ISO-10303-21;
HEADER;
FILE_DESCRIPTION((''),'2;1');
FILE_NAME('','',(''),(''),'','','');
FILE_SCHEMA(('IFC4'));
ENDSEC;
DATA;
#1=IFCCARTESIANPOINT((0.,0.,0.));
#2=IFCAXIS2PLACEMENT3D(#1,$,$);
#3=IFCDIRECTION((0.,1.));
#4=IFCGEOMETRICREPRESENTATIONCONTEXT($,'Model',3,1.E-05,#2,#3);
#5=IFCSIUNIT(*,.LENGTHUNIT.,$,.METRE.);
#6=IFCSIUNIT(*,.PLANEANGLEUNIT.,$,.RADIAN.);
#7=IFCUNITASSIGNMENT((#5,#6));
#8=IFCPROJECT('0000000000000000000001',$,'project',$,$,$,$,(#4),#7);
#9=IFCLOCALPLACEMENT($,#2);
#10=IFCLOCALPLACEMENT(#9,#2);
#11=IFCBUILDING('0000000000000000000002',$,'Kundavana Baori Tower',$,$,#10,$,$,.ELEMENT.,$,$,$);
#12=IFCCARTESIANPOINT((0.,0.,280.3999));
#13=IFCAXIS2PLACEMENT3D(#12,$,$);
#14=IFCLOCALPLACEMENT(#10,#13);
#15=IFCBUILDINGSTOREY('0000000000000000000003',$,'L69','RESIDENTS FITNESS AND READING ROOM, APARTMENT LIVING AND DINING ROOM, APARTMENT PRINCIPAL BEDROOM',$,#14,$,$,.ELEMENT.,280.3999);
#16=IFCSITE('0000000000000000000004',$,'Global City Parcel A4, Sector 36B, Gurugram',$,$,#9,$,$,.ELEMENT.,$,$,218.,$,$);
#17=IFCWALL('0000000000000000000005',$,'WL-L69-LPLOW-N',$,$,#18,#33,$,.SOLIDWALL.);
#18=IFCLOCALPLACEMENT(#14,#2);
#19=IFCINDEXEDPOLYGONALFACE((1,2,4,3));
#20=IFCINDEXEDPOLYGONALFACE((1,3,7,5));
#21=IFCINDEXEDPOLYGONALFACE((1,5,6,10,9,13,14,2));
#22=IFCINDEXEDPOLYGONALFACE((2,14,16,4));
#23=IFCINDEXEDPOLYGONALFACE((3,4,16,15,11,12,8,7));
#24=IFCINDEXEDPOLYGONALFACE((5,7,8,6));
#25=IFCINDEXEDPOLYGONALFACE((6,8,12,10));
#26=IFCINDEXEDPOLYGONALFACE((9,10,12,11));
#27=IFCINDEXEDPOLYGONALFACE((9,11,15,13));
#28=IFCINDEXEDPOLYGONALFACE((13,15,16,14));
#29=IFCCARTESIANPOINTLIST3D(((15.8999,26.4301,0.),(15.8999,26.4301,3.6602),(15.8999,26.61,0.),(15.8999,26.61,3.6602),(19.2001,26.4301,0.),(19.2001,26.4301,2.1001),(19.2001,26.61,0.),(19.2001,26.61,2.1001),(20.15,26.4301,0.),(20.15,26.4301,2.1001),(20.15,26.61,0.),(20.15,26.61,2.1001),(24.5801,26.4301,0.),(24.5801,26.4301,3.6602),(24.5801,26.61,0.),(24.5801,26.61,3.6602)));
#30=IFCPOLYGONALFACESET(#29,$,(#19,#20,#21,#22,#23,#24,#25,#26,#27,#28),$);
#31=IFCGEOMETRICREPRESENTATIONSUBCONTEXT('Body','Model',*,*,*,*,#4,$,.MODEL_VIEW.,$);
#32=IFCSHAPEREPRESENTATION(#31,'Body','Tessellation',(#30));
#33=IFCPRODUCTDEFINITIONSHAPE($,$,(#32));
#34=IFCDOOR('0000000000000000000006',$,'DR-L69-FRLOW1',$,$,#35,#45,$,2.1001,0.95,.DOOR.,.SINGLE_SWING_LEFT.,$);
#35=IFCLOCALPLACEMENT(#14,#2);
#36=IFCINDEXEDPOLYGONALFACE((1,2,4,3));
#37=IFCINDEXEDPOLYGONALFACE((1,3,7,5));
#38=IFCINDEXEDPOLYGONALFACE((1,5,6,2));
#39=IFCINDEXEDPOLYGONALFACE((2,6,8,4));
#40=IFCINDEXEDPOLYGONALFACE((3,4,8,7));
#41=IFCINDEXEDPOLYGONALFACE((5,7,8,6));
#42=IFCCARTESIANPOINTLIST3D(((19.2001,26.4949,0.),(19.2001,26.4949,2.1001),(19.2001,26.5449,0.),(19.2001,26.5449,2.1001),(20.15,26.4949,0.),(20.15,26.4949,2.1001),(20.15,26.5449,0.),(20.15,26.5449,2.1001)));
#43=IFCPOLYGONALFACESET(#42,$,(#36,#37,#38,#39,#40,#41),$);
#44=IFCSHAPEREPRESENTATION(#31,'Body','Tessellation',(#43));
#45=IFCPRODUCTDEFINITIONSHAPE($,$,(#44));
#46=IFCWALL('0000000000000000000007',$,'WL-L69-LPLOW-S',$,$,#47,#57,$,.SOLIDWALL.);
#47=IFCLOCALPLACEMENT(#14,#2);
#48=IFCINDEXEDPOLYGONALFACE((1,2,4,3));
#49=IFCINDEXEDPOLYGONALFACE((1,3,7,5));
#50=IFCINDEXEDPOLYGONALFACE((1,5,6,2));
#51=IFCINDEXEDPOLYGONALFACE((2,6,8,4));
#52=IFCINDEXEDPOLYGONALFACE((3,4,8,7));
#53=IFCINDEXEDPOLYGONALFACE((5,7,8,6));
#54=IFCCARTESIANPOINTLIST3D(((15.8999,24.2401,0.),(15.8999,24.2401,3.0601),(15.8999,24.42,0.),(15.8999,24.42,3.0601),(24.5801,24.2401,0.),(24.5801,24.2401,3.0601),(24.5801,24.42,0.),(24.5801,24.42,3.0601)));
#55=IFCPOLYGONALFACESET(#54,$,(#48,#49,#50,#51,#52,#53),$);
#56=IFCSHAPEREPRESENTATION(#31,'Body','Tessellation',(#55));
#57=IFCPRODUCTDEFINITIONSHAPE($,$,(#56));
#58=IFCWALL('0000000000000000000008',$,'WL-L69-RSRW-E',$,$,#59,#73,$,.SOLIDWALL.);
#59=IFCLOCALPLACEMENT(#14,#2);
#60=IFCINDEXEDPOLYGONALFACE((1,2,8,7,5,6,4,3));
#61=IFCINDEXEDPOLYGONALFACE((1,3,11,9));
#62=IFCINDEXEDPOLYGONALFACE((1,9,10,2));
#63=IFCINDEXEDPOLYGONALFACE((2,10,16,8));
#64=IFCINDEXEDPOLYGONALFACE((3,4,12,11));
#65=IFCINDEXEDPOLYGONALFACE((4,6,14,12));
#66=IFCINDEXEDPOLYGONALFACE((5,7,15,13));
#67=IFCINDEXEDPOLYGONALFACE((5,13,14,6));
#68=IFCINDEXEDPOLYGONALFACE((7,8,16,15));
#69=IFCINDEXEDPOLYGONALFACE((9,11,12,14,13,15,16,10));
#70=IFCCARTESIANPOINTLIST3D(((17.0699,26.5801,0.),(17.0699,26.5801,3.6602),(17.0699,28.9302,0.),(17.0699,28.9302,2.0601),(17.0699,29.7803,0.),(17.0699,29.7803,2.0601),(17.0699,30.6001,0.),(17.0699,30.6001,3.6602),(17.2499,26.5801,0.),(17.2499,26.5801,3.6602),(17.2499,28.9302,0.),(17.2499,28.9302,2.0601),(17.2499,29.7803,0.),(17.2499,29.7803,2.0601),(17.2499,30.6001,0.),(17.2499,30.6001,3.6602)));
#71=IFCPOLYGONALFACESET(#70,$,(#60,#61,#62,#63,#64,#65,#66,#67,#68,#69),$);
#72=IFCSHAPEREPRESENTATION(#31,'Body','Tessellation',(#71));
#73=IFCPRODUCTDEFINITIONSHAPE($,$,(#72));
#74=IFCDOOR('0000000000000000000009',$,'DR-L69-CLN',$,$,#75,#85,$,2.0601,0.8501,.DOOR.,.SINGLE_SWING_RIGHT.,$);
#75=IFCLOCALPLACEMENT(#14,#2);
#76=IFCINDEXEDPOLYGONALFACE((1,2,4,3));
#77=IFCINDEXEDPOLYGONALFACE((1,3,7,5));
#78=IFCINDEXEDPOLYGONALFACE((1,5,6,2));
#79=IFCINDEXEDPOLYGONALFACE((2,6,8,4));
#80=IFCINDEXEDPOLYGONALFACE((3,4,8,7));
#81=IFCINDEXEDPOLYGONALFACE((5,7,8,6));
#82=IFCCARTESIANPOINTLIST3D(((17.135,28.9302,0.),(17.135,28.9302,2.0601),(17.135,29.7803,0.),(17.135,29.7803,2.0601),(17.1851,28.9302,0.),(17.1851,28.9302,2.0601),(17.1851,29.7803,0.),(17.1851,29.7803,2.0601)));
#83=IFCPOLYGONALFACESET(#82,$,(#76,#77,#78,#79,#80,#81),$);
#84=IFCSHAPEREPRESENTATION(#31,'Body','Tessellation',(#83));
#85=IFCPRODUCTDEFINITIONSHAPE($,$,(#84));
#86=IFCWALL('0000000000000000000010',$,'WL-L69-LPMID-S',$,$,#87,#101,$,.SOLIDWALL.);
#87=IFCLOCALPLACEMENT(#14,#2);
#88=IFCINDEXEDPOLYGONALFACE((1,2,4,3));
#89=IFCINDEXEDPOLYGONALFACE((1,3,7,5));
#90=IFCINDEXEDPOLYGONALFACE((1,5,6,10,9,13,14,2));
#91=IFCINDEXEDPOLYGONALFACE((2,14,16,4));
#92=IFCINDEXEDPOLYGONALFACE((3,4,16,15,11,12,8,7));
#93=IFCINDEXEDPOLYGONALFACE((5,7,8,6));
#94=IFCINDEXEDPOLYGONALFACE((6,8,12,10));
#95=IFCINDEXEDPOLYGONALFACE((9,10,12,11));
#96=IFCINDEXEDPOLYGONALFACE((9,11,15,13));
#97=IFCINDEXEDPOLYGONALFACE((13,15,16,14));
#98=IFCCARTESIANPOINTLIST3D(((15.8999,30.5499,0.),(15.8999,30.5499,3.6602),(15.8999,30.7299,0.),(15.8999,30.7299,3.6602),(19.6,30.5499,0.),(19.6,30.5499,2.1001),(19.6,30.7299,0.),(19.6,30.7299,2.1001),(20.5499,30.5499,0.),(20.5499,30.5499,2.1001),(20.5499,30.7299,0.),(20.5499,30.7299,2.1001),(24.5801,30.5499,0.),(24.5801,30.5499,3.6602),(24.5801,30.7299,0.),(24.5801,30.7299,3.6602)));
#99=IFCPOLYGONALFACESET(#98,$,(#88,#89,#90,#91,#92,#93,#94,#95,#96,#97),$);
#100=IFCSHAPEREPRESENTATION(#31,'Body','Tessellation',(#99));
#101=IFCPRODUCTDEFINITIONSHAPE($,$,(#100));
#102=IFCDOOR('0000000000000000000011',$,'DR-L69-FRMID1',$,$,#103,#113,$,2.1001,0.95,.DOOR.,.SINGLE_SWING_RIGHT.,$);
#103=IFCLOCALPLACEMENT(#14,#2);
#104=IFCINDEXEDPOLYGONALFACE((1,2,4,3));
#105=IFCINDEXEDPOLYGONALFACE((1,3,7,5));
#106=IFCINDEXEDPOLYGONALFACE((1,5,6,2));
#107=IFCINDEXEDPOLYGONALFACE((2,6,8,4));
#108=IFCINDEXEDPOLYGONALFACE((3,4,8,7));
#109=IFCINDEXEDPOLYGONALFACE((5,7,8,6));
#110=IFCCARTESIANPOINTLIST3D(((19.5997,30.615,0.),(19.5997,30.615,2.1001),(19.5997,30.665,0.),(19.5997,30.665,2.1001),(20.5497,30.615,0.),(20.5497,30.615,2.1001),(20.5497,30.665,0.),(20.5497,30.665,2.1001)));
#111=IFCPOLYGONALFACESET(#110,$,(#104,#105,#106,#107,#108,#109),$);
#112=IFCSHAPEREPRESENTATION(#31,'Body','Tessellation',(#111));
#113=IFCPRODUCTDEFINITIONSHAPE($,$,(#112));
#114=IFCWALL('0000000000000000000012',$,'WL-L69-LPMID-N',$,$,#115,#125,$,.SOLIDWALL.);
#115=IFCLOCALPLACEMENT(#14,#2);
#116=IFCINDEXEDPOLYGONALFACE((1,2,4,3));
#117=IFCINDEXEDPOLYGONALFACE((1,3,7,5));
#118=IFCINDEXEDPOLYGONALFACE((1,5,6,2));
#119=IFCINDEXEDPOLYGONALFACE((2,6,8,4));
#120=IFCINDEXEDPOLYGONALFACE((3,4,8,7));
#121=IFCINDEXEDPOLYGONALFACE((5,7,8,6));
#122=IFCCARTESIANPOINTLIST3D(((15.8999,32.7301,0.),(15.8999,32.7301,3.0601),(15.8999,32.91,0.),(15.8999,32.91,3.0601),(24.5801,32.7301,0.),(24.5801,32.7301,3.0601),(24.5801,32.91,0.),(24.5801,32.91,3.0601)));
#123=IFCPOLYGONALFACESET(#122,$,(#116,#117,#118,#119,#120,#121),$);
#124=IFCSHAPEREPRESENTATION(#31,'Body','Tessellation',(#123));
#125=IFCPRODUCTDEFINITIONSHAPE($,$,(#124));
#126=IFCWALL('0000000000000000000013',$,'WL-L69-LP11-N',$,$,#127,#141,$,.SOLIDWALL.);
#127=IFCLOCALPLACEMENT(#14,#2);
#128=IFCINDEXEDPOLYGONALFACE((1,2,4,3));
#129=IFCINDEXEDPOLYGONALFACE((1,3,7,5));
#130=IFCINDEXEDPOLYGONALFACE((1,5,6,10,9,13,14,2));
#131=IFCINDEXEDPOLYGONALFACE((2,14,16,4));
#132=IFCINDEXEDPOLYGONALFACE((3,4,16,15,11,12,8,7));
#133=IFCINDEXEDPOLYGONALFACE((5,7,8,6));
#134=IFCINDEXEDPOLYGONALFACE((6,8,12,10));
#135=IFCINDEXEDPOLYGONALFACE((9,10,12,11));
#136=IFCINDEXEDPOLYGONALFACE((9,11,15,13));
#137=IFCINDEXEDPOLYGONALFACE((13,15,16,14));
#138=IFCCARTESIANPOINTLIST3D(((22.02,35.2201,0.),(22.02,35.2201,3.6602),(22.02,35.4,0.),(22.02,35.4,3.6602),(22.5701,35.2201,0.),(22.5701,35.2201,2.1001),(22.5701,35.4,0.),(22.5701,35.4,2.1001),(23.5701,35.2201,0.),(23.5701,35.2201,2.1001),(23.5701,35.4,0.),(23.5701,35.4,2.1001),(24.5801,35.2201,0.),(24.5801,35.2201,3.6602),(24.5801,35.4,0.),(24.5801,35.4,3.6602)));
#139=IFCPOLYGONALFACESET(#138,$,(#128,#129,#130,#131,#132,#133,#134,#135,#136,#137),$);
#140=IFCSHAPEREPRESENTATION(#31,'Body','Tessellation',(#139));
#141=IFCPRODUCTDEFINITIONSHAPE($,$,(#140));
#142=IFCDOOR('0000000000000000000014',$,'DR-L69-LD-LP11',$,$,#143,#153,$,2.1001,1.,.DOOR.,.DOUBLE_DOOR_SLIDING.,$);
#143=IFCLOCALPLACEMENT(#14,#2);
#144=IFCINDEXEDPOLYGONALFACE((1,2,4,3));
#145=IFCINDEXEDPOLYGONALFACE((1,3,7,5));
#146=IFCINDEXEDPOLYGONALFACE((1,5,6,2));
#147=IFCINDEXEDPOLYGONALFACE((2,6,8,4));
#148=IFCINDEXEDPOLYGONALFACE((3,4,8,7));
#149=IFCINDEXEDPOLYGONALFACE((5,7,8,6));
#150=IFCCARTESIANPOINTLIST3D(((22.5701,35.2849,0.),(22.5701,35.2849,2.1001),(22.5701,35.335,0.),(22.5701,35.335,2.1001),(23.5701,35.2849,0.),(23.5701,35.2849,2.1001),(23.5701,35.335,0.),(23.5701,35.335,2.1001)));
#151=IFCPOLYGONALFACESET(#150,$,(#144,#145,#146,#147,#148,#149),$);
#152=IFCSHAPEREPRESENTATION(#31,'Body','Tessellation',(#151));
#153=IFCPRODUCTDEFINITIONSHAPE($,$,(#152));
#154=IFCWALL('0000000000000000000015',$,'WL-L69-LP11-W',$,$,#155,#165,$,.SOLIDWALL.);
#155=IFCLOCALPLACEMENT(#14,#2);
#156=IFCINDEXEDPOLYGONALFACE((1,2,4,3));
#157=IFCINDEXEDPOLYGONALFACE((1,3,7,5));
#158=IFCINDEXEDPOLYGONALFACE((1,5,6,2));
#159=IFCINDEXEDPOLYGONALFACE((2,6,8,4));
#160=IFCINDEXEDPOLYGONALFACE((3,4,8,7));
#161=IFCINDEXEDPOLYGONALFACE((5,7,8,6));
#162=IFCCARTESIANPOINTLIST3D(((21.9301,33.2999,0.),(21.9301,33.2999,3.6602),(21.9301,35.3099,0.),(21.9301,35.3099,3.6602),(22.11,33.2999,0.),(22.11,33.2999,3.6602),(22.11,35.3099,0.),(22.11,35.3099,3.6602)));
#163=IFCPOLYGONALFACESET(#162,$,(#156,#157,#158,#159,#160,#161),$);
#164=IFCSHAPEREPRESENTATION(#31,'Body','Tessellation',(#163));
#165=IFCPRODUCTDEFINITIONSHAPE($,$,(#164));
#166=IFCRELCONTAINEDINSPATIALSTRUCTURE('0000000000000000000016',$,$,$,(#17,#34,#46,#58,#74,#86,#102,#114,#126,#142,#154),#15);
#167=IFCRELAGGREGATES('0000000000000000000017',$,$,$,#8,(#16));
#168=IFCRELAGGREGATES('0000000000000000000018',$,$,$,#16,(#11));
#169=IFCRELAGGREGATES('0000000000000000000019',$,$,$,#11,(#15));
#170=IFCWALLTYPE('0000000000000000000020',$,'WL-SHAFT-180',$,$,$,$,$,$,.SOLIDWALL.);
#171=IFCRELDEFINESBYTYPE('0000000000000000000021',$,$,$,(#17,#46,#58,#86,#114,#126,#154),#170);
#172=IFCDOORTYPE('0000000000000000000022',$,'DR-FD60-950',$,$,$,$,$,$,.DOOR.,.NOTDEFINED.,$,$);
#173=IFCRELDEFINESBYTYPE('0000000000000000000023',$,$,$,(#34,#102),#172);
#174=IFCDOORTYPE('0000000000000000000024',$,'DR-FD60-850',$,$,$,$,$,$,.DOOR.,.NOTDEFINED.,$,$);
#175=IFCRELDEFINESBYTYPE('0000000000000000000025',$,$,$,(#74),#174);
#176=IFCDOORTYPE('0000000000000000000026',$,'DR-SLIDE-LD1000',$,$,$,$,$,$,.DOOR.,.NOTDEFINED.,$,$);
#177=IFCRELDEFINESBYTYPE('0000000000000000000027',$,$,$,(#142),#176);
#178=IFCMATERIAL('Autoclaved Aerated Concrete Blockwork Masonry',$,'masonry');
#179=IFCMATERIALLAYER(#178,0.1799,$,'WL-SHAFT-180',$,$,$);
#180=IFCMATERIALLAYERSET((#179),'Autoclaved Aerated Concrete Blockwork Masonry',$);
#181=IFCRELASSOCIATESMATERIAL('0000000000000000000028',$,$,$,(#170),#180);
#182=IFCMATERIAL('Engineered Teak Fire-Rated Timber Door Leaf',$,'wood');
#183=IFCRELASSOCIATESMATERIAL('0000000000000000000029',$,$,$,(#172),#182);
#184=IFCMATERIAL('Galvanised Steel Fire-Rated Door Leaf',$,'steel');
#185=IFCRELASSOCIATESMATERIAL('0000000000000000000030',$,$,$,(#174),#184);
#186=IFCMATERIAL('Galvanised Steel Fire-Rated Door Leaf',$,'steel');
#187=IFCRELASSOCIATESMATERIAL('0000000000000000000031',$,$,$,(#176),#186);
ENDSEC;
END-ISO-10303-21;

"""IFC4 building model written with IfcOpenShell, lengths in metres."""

from ifc_helpers import new_model, si_unit, direction, frame, frame_2d, origin, place, context, subcontext, project, spatial, rectangle, extrude, material, layer, layer_set, type_object, element, fill, save


model = new_model("IFC4")

# Units and contexts
model_context = context("Model", 3, precision=1e-05, world=origin(), true_north=direction((0.0, 1.0)))
body_context = subcontext(model_context, "Body", "Model", "MODEL_VIEW")
ifc_project = project(units=[si_unit("LENGTHUNIT", "METRE"), si_unit("PLANEANGLEUNIT", "RADIAN")], contexts=[model_context])

# Site, building, storey
site_placement = place(None, origin())
site = spatial("IfcSite", under=ifc_project, at=site_placement, Name="Global City Parcel A4, Sector 36B, Gurugram", CompositionType="ELEMENT", RefElevation=218.0)
building_placement = place(site_placement, origin())
building = spatial("IfcBuilding", under=site, at=building_placement, Name="Kundavana Baori Tower", CompositionType="ELEMENT")
storey_placement = place(building_placement, frame((0.0, 0.0, 280.3999)))
storey = spatial("IfcBuildingStorey", under=building, at=storey_placement, Name="L69", Description="RESIDENTS FITNESS AND READING ROOM, APARTMENT LIVING AND DINING ROOM, APARTMENT PRINCIPAL BEDROOM", CompositionType="ELEMENT", Elevation=280.3999)

# Wall, opening, door
ifc_material_1 = material(Name="Autoclaved Aerated Concrete Blockwork Masonry", Category="masonry")
ifc_layer_1 = layer(ifc_material_1, 0.1799, Name="WL-SHAFT-180")
ifc_layer_set_1 = layer_set([ifc_layer_1], Name="Autoclaved Aerated Concrete Blockwork Masonry")
wall_type_1 = type_object("IfcWallType", Name="WL-SHAFT-180", PredefinedType="SOLIDWALL", material=ifc_layer_set_1)
wall_1_placement = place(storey_placement, frame((15.8999, 26.52, 0.0), z_axis=(0.0, 0.0, 1.0), x_axis=(1.0, 0.0, 0.0)))
wall_1 = element("IfcWall", 1, at=wall_1_placement, inside=storey, type_object=wall_type_1, Name="WL-L69-LPLOW-N", PredefinedType="SOLIDWALL", context=body_context, shape_type="SweptSolid", body=[
    extrude(rectangle(XDim=8.6802, YDim=0.1799, at=frame_2d((4.3401, 0.0))), origin(), (0.0, 0.0, 1.0), 3.6602),
])
opening_1_placement = place(wall_1_placement, frame((3.3, 0.0, 0.0)))
opening_1 = element("IfcOpeningElement", 2, at=opening_1_placement, cuts=wall_1, PredefinedType="OPENING", context=body_context, shape_type="SweptSolid", body=[
    extrude(rectangle(XDim=0.95, YDim=2.1001, at=frame_2d((0.4751, 1.05))), frame((0.0, 0.1001, 0.0), z_axis=(0.0, -1.0, 0.0), x_axis=(1.0, 0.0, 0.0)), (0.0, 0.0, 1.0), 0.2),
])
ifc_material_2 = material(Name="Engineered Teak Fire-Rated Timber Door Leaf", Category="wood")
door_type_1 = type_object("IfcDoorType", Name="DR-FD60-950", OperationType="NOTDEFINED", PredefinedType="DOOR", material=ifc_material_2)
door_1_placement = place(opening_1_placement, origin())
door_1 = element("IfcDoor", 3, at=door_1_placement, inside=storey, type_object=door_type_1, Name="DR-L69-FRLOW1", OperationType="SINGLE_SWING_LEFT", OverallHeight=2.1001, OverallWidth=0.95, PredefinedType="DOOR", context=body_context, shape_type="SweptSolid", body=[
    extrude(rectangle(XDim=0.95, YDim=2.1001, at=frame_2d((0.4751, 1.05))), frame((0.0, 0.0249, 0.0), z_axis=(0.0, -1.0, 0.0), x_axis=(1.0, 0.0, 0.0)), (0.0, 0.0, 1.0), 0.05),
])
fill(opening_1, door_1)

# Wall
wall_2_placement = place(storey_placement, frame((15.8999, 24.3301, 0.0), z_axis=(0.0, 0.0, 1.0), x_axis=(1.0, 0.0, 0.0)))
element("IfcWall", 4, at=wall_2_placement, inside=storey, type_object=wall_type_1, Name="WL-L69-LPLOW-S", PredefinedType="SOLIDWALL", context=body_context, shape_type="SweptSolid", body=[
    extrude(rectangle(XDim=8.6802, YDim=0.1799, at=frame_2d((4.3401, 0.0))), origin(), (0.0, 0.0, 1.0), 3.0601),
])

# Walls, openings, doors
wall_3_placement = place(storey_placement, frame((17.1599, 26.5801, 0.0), z_axis=(0.0, 0.0, 1.0), x_axis=(0.0, 1.0, 0.0)))
wall_3 = element("IfcWall", 5, at=wall_3_placement, inside=storey, type_object=wall_type_1, Name="WL-L69-RSRW-E", PredefinedType="SOLIDWALL", context=body_context, shape_type="SweptSolid", body=[
    extrude(rectangle(XDim=4.02, YDim=0.1799, at=frame_2d((2.01, 0.0))), origin(), (0.0, 0.0, 1.0), 3.6602),
])
opening_2_placement = place(wall_3_placement, frame((2.3501, 0.0, 0.0)))
opening_2 = element("IfcOpeningElement", 6, at=opening_2_placement, cuts=wall_3, PredefinedType="OPENING", context=body_context, shape_type="SweptSolid", body=[
    extrude(rectangle(XDim=0.8501, YDim=2.0601, at=frame_2d((0.425, 1.03))), frame((0.0, 0.1001, 0.0), z_axis=(0.0, -1.0, 0.0), x_axis=(1.0, 0.0, 0.0)), (0.0, 0.0, 1.0), 0.2),
])
ifc_material_3 = material(Name="Galvanised Steel Fire-Rated Door Leaf", Category="steel")
door_type_2 = type_object("IfcDoorType", Name="DR-FD60-850", OperationType="NOTDEFINED", PredefinedType="DOOR", material=ifc_material_3)
door_2_placement = place(opening_2_placement, origin())
door_2 = element("IfcDoor", 7, at=door_2_placement, inside=storey, type_object=door_type_2, Name="DR-L69-CLN", OperationType="SINGLE_SWING_RIGHT", OverallHeight=2.0601, OverallWidth=0.8501, PredefinedType="DOOR", context=body_context, shape_type="SweptSolid", body=[
    extrude(rectangle(XDim=0.8501, YDim=2.0601, at=frame_2d((0.425, 1.03))), frame((0.0, 0.0249, 0.0), z_axis=(0.0, -1.0, 0.0), x_axis=(1.0, 0.0, 0.0)), (0.0, 0.0, 1.0), 0.05),
])
fill(opening_2, door_2)
wall_4_placement = place(storey_placement, frame((15.8999, 30.6399, 0.0), z_axis=(0.0, 0.0, 1.0), x_axis=(1.0, 0.0, 0.0)))
wall_4 = element("IfcWall", 8, at=wall_4_placement, inside=storey, type_object=wall_type_1, Name="WL-L69-LPMID-S", PredefinedType="SOLIDWALL", context=body_context, shape_type="SweptSolid", body=[
    extrude(rectangle(XDim=8.6802, YDim=0.1799, at=frame_2d((4.3401, 0.0))), origin(), (0.0, 0.0, 1.0), 3.6602),
])
opening_3_placement = place(wall_4_placement, frame((3.7, 0.0, 0.0)))
opening_3 = element("IfcOpeningElement", 9, at=opening_3_placement, cuts=wall_4, PredefinedType="OPENING", context=body_context, shape_type="SweptSolid", body=[
    extrude(rectangle(XDim=0.95, YDim=2.1001, at=frame_2d((0.4751, 1.05))), frame((0.0, 0.1001, 0.0), z_axis=(0.0, -1.0, 0.0), x_axis=(1.0, 0.0, 0.0)), (0.0, 0.0, 1.0), 0.2),
])
door_3_placement = place(opening_3_placement, frame((0.95, 0.0, 0.0), z_axis=(0.0, 0.0, 1.0), x_axis=(-1.0, 0.0, 0.0)))
door_3 = element("IfcDoor", 10, at=door_3_placement, inside=storey, type_object=door_type_1, Name="DR-L69-FRMID1", OperationType="SINGLE_SWING_RIGHT", OverallHeight=2.1001, OverallWidth=0.95, PredefinedType="DOOR", context=body_context, shape_type="SweptSolid", body=[
    extrude(rectangle(XDim=0.95, YDim=2.1001, at=frame_2d((0.4751, 1.05))), frame((0.0, 0.0249, 0.0), z_axis=(0.0, -1.0, 0.0), x_axis=(1.0, 0.0, 0.0)), (0.0, 0.0, 1.0), 0.05),
])
fill(opening_3, door_3)

# Wall
wall_5_placement = place(storey_placement, frame((15.8999, 32.8201, 0.0), z_axis=(0.0, 0.0, 1.0), x_axis=(1.0, 0.0, 0.0)))
element("IfcWall", 11, at=wall_5_placement, inside=storey, type_object=wall_type_1, Name="WL-L69-LPMID-N", PredefinedType="SOLIDWALL", context=body_context, shape_type="SweptSolid", body=[
    extrude(rectangle(XDim=8.6802, YDim=0.1799, at=frame_2d((4.3401, 0.0))), origin(), (0.0, 0.0, 1.0), 3.0601),
])

# Wall, opening, door
wall_6_placement = place(storey_placement, frame((22.02, 35.3101, 0.0), z_axis=(0.0, 0.0, 1.0), x_axis=(1.0, 0.0, 0.0)))
wall_6 = element("IfcWall", 12, at=wall_6_placement, inside=storey, type_object=wall_type_1, Name="WL-L69-LP11-N", PredefinedType="SOLIDWALL", context=body_context, shape_type="SweptSolid", body=[
    extrude(rectangle(XDim=2.5601, YDim=0.1799, at=frame_2d((1.28, 0.0))), origin(), (0.0, 0.0, 1.0), 3.6602),
])
opening_4_placement = place(wall_6_placement, frame((0.55, 0.0, 0.0)))
opening_4 = element("IfcOpeningElement", 13, at=opening_4_placement, cuts=wall_6, PredefinedType="OPENING", context=body_context, shape_type="SweptSolid", body=[
    extrude(rectangle(XDim=1.0, YDim=2.1001, at=frame_2d((0.5, 1.05))), frame((0.0, 0.1001, 0.0), z_axis=(0.0, -1.0, 0.0), x_axis=(1.0, 0.0, 0.0)), (0.0, 0.0, 1.0), 0.2),
])
ifc_material_4 = material(Name="Galvanised Steel Fire-Rated Door Leaf", Category="steel")
door_type_3 = type_object("IfcDoorType", Name="DR-SLIDE-LD1000", OperationType="NOTDEFINED", PredefinedType="DOOR", material=ifc_material_4)
door_4_placement = place(opening_4_placement, origin())
door_4 = element("IfcDoor", 14, at=door_4_placement, inside=storey, type_object=door_type_3, Name="DR-L69-LD-LP11", OperationType="DOUBLE_DOOR_SLIDING", OverallHeight=2.1001, OverallWidth=1.0, PredefinedType="DOOR", context=body_context, shape_type="SweptSolid", body=[
    extrude(rectangle(XDim=1.0, YDim=2.1001, at=frame_2d((0.5, 1.05))), frame((0.0, 0.0249, 0.0), z_axis=(0.0, -1.0, 0.0), x_axis=(1.0, 0.0, 0.0)), (0.0, 0.0, 1.0), 0.05),
])
fill(opening_4, door_4)

# Wall
wall_7_placement = place(storey_placement, frame((22.02, 33.3, 0.0), z_axis=(0.0, 0.0, 1.0), x_axis=(0.0, 1.0, 0.0)))
element("IfcWall", 15, at=wall_7_placement, inside=storey, type_object=wall_type_1, Name="WL-L69-LP11-W", PredefinedType="SOLIDWALL", context=body_context, shape_type="SweptSolid", body=[
    extrude(rectangle(XDim=2.01, YDim=0.1799, at=frame_2d((1.0049, 0.0))), origin(), (0.0, 0.0, 1.0), 3.6602),
])

save(model, "model.ifc")
